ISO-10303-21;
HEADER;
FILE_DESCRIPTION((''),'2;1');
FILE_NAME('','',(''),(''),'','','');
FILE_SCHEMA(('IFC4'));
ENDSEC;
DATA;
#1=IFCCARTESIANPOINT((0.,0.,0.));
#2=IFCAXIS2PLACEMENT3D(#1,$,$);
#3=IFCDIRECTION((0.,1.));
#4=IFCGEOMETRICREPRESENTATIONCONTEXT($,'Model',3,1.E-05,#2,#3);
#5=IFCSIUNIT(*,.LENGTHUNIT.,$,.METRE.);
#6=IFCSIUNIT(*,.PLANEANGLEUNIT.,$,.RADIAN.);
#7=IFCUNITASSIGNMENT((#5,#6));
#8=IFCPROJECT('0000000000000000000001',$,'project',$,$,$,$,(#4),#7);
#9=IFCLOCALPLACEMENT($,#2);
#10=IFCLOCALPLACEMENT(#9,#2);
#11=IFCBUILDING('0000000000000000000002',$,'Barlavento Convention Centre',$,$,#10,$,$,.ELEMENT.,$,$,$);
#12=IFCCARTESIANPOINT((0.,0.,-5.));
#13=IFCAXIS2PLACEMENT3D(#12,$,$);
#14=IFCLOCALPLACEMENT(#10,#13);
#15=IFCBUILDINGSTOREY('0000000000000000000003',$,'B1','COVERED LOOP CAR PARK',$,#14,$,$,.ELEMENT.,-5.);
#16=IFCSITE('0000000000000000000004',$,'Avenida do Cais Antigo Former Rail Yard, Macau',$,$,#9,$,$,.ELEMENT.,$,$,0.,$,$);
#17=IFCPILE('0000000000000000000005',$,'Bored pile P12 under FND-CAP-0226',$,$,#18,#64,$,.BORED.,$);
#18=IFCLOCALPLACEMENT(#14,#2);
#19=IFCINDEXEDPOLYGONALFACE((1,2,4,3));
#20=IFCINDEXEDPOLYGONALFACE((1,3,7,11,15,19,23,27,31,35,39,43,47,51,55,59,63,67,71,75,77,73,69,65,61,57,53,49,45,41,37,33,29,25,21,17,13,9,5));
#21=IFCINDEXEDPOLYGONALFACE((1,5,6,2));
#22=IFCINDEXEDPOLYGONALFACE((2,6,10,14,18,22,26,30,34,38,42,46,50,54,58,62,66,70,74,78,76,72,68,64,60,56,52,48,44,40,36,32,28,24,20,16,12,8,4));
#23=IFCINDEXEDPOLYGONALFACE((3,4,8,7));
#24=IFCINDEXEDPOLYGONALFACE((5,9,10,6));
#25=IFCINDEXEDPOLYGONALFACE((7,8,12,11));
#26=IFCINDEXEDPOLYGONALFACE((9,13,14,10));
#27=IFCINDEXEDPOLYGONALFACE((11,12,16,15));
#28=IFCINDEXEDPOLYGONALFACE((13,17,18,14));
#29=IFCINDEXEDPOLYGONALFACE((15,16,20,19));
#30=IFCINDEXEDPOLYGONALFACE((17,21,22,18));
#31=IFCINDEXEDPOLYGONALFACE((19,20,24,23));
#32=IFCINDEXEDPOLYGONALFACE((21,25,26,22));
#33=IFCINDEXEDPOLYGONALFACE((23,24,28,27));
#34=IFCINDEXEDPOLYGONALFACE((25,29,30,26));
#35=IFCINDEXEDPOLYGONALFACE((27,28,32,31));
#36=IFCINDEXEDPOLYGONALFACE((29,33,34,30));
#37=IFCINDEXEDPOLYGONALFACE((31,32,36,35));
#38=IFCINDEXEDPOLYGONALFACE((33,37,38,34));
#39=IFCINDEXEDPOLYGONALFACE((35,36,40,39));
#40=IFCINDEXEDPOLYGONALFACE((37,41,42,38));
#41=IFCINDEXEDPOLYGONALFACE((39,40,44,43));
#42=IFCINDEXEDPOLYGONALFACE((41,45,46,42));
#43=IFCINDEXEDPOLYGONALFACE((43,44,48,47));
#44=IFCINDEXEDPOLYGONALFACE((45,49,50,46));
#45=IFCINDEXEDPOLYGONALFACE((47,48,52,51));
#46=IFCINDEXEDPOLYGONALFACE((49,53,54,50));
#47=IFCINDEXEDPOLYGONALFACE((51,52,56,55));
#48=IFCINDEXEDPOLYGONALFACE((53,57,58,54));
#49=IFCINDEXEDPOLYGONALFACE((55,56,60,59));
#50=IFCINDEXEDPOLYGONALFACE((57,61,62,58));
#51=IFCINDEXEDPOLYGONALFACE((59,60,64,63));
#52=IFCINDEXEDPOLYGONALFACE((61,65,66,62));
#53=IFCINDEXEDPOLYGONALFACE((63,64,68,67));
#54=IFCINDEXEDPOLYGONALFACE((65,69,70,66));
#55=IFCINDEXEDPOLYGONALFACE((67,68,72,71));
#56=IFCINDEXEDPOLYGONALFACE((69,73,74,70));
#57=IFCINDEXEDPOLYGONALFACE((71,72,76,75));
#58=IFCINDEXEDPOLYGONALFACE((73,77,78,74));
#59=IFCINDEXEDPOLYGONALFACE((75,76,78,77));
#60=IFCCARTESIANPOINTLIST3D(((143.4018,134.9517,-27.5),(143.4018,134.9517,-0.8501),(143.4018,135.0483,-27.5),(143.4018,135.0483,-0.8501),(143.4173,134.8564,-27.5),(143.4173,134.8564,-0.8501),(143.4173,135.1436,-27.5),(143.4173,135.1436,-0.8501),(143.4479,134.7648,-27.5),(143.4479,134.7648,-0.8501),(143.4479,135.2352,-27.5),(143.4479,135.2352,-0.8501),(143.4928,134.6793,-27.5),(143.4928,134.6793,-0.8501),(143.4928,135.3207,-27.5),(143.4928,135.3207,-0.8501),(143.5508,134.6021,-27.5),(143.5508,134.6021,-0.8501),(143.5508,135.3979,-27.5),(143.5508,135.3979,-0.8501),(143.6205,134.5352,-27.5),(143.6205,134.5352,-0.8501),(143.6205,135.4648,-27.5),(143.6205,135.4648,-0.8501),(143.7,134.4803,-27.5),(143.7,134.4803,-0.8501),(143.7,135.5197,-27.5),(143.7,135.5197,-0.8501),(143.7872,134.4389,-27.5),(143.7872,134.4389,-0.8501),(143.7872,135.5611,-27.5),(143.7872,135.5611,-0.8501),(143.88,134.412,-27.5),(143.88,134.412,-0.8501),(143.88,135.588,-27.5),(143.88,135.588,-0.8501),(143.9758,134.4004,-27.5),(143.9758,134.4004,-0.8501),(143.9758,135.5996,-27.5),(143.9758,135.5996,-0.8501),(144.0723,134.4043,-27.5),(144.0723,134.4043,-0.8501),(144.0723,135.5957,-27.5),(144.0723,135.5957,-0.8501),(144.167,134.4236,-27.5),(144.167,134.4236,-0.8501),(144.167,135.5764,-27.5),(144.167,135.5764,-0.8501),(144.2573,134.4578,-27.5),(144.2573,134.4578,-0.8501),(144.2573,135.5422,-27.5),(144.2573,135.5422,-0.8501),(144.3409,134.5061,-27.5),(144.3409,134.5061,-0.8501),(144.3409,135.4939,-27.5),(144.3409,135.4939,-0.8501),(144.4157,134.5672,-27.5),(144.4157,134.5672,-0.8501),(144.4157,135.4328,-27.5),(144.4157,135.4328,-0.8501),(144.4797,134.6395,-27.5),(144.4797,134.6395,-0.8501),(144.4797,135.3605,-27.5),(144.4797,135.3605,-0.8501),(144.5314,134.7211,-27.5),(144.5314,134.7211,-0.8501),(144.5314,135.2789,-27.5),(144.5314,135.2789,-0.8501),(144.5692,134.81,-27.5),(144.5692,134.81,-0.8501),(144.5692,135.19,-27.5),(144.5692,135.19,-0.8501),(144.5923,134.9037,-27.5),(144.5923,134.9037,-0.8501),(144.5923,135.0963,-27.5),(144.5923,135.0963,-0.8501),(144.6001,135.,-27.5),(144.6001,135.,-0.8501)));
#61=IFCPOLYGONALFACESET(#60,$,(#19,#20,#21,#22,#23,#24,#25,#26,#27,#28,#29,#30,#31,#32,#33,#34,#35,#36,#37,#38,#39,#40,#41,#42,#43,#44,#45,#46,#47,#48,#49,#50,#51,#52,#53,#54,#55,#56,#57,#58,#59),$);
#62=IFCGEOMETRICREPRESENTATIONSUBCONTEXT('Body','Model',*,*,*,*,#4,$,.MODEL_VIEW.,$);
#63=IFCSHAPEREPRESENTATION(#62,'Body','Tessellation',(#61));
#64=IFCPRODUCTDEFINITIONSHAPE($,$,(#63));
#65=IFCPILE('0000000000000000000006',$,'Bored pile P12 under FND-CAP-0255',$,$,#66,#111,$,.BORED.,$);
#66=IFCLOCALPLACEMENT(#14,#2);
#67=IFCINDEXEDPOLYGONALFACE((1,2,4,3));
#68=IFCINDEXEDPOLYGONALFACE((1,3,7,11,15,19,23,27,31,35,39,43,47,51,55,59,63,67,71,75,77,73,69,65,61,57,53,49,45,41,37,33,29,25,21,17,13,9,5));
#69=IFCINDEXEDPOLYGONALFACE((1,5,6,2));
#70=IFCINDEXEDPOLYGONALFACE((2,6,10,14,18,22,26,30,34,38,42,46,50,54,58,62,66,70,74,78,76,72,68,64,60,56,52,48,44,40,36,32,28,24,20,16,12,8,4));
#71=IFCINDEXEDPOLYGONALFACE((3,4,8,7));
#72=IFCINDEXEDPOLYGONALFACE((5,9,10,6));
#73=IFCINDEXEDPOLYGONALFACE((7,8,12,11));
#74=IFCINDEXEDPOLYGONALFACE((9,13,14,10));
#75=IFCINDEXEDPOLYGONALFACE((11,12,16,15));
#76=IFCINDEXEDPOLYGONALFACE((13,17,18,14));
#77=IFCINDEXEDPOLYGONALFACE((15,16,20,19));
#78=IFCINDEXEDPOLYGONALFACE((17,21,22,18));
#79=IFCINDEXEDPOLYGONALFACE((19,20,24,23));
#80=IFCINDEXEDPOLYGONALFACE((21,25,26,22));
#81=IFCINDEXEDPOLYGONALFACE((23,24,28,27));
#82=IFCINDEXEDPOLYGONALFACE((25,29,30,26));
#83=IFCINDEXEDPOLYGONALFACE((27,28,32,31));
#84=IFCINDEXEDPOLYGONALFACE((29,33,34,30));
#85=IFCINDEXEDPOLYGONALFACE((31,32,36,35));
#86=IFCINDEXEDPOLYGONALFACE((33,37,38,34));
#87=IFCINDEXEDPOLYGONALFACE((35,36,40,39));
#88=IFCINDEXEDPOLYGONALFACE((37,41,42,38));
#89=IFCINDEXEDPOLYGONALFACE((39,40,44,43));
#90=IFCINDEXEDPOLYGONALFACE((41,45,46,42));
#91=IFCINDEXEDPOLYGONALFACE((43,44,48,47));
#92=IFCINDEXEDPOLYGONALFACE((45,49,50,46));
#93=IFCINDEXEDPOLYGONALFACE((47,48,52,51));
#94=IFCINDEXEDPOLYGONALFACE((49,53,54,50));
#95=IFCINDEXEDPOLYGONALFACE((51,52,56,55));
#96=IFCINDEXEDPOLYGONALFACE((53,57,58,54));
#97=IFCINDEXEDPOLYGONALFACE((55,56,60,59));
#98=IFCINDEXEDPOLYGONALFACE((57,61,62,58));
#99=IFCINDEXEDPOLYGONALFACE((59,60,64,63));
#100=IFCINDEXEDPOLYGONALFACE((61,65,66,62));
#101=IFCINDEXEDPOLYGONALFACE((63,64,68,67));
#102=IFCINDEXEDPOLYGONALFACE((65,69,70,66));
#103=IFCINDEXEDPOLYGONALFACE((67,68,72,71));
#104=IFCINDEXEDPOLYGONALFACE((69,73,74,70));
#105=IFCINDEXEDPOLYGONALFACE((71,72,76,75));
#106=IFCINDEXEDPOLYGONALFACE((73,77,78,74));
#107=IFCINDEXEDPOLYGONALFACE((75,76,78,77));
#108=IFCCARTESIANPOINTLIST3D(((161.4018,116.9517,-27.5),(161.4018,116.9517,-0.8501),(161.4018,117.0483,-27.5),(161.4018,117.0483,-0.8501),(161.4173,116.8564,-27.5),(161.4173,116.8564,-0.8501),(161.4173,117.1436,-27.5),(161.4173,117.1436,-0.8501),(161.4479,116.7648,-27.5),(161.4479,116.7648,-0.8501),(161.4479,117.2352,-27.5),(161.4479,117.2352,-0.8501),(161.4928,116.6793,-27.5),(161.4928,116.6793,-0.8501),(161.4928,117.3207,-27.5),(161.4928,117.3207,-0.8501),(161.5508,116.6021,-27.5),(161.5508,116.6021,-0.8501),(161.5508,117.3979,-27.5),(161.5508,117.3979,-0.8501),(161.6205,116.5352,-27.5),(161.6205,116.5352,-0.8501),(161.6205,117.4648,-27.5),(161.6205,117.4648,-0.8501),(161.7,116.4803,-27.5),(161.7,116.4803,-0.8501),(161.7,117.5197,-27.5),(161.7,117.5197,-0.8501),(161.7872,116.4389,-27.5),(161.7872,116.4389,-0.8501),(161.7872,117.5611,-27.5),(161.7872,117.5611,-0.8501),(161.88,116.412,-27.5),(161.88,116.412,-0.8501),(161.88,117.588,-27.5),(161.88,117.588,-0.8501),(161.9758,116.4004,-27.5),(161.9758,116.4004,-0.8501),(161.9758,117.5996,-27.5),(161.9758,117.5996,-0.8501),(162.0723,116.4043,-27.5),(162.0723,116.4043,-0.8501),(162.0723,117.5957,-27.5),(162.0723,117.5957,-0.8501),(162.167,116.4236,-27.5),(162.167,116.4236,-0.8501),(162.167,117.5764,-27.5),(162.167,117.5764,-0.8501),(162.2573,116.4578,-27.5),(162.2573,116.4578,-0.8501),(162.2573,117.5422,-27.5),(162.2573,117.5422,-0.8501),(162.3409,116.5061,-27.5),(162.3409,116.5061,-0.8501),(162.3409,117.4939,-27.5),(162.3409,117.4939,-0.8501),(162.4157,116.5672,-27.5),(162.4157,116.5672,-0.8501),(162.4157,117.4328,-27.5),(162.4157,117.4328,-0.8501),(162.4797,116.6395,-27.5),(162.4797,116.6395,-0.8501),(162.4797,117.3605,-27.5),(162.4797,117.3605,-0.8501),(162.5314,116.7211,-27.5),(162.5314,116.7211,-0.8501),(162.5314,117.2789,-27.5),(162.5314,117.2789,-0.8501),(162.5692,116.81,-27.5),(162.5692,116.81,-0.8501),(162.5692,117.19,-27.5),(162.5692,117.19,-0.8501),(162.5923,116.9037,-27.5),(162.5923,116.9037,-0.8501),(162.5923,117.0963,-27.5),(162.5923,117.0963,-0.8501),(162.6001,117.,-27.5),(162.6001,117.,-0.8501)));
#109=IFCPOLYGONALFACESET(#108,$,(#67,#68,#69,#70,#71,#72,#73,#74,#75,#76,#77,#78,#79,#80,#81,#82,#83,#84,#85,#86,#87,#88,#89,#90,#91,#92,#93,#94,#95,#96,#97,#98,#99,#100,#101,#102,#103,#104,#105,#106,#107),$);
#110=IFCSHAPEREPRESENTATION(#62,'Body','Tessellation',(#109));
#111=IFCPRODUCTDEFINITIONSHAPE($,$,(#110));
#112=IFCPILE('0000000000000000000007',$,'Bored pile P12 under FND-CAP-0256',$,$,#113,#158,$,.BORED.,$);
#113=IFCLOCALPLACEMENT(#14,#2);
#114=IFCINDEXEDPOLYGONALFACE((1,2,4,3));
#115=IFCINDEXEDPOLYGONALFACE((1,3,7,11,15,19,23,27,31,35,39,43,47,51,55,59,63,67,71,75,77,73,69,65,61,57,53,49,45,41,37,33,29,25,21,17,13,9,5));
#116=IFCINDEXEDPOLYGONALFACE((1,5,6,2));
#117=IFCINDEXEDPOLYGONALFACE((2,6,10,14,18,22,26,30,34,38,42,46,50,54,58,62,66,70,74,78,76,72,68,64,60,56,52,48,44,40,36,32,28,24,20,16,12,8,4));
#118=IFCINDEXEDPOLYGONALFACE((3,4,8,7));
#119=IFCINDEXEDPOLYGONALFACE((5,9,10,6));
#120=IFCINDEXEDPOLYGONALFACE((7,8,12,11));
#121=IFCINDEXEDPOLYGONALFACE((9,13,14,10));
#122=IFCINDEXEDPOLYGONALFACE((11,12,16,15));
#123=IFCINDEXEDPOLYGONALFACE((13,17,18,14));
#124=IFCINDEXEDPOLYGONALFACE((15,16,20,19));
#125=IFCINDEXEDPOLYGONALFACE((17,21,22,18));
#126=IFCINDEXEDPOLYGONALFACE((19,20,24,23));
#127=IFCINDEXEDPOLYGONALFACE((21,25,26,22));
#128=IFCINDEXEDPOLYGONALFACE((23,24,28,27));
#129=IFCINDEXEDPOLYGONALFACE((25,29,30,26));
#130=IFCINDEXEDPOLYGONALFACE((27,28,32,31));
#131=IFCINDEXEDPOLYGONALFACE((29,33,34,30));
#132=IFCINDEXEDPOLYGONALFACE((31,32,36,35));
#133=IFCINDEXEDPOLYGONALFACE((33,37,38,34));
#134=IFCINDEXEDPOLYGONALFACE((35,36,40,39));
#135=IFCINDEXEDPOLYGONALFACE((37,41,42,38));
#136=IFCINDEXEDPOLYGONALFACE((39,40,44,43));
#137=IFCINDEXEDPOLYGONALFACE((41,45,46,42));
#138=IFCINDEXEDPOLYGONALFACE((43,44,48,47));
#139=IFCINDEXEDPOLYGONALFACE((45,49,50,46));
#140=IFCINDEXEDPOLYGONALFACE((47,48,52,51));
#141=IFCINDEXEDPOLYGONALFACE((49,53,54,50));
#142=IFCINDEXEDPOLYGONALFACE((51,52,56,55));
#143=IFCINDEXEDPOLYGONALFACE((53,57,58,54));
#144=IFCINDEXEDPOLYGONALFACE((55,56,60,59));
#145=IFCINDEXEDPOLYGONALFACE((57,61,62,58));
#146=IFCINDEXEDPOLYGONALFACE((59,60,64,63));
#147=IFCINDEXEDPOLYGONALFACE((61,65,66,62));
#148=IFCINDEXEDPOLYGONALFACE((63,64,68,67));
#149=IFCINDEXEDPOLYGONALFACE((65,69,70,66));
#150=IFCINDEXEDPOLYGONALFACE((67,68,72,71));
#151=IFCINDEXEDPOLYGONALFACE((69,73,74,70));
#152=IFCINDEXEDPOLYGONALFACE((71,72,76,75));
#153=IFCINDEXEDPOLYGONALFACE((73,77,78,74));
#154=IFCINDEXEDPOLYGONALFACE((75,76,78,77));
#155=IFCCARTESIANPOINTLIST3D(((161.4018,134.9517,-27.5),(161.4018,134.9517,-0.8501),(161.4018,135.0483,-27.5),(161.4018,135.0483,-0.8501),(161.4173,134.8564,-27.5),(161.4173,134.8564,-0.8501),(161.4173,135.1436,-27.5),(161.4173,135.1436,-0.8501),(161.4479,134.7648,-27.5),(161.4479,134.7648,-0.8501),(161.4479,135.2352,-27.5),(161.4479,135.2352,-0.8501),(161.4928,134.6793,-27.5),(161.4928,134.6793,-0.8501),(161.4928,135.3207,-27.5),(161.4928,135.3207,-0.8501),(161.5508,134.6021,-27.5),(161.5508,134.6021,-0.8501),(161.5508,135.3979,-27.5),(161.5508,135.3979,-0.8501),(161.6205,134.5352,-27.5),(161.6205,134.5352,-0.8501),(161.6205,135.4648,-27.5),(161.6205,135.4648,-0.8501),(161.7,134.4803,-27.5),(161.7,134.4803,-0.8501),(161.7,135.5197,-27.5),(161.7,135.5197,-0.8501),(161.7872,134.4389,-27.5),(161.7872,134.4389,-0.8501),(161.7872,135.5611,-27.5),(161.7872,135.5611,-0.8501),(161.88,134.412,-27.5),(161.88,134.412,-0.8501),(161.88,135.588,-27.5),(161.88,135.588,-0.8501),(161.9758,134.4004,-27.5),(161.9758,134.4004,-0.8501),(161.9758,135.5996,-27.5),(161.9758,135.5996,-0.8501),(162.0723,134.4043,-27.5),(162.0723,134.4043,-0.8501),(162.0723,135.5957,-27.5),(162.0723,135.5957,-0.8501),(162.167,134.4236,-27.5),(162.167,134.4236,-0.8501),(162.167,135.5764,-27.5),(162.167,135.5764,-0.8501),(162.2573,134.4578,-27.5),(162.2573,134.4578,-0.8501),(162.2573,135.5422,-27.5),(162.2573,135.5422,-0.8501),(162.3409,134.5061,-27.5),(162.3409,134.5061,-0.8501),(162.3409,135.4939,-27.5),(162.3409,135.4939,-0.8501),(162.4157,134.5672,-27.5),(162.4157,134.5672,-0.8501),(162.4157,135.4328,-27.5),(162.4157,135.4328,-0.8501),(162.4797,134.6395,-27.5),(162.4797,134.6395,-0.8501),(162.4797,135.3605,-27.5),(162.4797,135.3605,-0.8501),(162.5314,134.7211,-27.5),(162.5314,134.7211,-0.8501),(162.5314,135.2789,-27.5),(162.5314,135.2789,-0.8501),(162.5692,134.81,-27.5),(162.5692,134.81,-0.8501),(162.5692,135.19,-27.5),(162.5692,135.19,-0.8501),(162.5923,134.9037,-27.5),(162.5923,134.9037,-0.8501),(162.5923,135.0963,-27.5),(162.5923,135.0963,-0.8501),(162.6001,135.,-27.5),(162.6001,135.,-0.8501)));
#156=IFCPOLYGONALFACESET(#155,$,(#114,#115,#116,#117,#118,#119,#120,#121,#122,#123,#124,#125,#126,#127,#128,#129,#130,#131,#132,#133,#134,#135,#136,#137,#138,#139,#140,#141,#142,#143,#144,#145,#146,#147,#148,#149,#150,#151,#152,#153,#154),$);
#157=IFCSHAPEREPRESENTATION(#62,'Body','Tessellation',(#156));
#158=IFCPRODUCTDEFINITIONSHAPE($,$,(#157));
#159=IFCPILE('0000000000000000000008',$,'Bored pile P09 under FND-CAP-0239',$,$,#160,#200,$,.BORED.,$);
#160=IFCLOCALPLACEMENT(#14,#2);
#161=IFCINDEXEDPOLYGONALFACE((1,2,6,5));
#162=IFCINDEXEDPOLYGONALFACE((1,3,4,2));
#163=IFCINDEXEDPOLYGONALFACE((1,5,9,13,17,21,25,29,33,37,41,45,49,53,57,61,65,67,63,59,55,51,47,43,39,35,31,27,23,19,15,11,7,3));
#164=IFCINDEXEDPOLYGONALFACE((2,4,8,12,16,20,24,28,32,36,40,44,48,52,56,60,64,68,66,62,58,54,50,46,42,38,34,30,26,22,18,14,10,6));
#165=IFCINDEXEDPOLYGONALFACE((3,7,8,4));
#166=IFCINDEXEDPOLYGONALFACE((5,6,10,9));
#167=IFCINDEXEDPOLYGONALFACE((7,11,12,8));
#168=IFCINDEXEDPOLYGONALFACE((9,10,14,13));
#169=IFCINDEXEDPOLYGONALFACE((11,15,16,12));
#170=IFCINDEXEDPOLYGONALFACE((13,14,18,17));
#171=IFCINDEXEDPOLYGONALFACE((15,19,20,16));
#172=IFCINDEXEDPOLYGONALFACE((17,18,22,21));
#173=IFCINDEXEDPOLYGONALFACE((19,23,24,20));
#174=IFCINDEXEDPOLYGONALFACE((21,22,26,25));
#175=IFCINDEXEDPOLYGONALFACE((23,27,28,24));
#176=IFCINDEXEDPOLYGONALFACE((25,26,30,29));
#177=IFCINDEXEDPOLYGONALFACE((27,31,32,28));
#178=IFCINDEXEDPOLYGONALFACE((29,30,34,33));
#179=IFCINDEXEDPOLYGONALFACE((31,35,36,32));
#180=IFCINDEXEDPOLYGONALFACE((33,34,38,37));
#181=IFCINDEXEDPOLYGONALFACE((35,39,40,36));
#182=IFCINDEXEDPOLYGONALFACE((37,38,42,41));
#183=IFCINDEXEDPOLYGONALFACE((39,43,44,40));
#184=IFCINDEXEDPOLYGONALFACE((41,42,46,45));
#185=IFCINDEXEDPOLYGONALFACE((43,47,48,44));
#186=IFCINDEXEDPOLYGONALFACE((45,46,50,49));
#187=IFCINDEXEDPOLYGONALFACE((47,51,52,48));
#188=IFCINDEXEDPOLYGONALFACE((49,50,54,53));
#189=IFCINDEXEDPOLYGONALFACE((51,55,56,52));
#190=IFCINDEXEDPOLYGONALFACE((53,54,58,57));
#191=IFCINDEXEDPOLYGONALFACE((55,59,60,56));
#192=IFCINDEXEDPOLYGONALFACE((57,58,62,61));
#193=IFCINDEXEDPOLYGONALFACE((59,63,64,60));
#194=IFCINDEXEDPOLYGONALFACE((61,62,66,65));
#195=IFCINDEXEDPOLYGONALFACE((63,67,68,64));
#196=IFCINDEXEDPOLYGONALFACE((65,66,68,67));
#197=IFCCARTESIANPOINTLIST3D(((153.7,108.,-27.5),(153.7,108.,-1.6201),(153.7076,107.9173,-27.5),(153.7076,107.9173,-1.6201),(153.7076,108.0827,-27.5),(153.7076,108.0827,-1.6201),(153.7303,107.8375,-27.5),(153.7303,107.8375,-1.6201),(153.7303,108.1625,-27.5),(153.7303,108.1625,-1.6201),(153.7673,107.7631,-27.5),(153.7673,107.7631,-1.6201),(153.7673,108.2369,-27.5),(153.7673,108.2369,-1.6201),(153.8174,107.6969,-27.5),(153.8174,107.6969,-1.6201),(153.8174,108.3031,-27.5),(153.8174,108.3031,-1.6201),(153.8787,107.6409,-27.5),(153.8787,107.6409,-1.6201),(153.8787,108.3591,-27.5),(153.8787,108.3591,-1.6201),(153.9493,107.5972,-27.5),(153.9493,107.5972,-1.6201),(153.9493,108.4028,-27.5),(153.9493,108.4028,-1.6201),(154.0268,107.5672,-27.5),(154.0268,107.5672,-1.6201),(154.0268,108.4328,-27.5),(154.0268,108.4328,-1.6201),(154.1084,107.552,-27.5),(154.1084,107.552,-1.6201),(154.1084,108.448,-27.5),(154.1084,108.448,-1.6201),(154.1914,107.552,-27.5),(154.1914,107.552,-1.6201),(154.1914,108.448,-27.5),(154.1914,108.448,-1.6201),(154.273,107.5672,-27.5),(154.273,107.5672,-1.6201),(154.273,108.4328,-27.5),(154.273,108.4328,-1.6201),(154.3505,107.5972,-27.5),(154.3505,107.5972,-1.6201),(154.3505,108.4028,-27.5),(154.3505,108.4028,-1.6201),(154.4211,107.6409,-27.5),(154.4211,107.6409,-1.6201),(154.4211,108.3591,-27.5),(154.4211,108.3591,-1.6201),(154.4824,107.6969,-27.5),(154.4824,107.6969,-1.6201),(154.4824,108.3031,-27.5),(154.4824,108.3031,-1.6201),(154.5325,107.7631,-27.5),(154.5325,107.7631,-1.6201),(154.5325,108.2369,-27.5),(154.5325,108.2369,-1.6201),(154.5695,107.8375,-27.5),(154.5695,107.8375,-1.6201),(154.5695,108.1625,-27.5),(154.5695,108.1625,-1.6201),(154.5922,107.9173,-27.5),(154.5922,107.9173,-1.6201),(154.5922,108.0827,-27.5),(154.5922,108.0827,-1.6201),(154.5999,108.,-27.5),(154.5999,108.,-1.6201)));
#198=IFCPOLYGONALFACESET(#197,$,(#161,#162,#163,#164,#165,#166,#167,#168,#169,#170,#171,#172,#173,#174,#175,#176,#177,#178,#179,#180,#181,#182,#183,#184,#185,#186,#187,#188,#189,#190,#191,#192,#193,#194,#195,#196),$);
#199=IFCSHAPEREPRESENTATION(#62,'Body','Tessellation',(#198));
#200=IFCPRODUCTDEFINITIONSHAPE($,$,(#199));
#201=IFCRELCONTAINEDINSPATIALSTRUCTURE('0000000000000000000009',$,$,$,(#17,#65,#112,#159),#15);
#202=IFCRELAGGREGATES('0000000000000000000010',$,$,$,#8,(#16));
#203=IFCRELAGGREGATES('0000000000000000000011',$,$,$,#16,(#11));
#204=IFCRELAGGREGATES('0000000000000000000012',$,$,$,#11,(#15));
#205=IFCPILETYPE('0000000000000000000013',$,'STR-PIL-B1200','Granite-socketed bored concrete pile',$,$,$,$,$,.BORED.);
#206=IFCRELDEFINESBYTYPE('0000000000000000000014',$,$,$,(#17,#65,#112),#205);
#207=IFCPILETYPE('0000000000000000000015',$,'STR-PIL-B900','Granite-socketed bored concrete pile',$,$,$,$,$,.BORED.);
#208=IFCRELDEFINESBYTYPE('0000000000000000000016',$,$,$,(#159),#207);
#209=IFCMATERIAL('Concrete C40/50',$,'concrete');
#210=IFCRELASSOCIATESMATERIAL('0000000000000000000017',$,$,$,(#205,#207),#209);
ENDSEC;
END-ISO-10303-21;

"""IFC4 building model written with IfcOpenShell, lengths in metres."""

from ifc_helpers import new_model, si_unit, direction, frame, origin, origin_2d, place, context, subcontext, project, spatial, circle, extrude, material, material_profile, profile_set, type_object, element, save


model = new_model("IFC4")

# Units and contexts
model_context = context("Model", 3, precision=1e-05, world=origin(), true_north=direction((0.0, 1.0)))
body_context = subcontext(model_context, "Body", "Model", "MODEL_VIEW")
ifc_project = project(units=[si_unit("LENGTHUNIT", "METRE"), si_unit("PLANEANGLEUNIT", "RADIAN")], contexts=[model_context])

# Site, building, storey
site_placement = place(None, origin())
site = spatial("IfcSite", under=ifc_project, at=site_placement, Name="Avenida do Cais Antigo Former Rail Yard, Macau", CompositionType="ELEMENT", RefElevation=0.0)
building_placement = place(site_placement, origin())
building = spatial("IfcBuilding", under=site, at=building_placement, Name="Barlavento Convention Centre", CompositionType="ELEMENT")
storey_placement = place(building_placement, frame((0.0, 0.0, -5.0)))
storey = spatial("IfcBuildingStorey", under=building, at=storey_placement, Name="B1", Description="COVERED LOOP CAR PARK", CompositionType="ELEMENT", Elevation=-5.0)

# Shared definitions
ifc_material_1 = material(Name="Concrete C40/50", Category="concrete")

# Piles
ifc_material_profile_1 = material_profile(ifc_material_1, circle(Radius=0.6001, at=origin_2d()), Name="BORED PILE 1200")
ifc_profile_set_1 = profile_set([ifc_material_profile_1], Name="Concrete C40/50")
pile_type_1 = type_object("IfcPileType", Name="STR-PIL-B1200", Description="Granite-socketed bored concrete pile", PredefinedType="BORED", material=ifc_profile_set_1)
for number, where, z_axis, x_axis, name in (
    (1, (144.0, 135.0, -0.8501), (0.0, 0.0, -1.0), (1.0, 0.0, 0.0), "Bored pile P12 under FND-CAP-0226"),
    (2, (162.0, 117.0, -0.8501), (0.0, 0.0, -1.0), (1.0, 0.0, 0.0), "Bored pile P12 under FND-CAP-0255"),
    (3, (162.0, 135.0, -0.8501), (0.0, 0.0, -1.0), (1.0, 0.0, 0.0), "Bored pile P12 under FND-CAP-0256"),
):
    element("IfcPile", number, at=place(storey_placement, frame(where, z_axis=z_axis, x_axis=x_axis)), inside=storey, type_object=pile_type_1, Name=name, PredefinedType="BORED", context=body_context, shape_type="SweptSolid", body=[
        extrude(circle(Radius=0.6001, at=origin_2d()), origin(), (0.0, 0.0, 1.0), 26.6499),
    ])
ifc_material_profile_2 = material_profile(ifc_material_1, circle(Radius=0.45, at=origin_2d()), Name="BORED PILE 900")
ifc_profile_set_2 = profile_set([ifc_material_profile_2], Name="Concrete C40/50")
pile_type_2 = type_object("IfcPileType", Name="STR-PIL-B900", Description="Granite-socketed bored concrete pile", PredefinedType="BORED", material=ifc_profile_set_2)
pile_1_placement = place(storey_placement, frame((154.1499, 108.0, -1.6201), z_axis=(0.0, 0.0, -1.0), x_axis=(1.0, 0.0, 0.0)))
element("IfcPile", 4, at=pile_1_placement, inside=storey, type_object=pile_type_2, Name="Bored pile P09 under FND-CAP-0239", PredefinedType="BORED", context=body_context, shape_type="SweptSolid", body=[
    extrude(circle(Radius=0.45, at=origin_2d()), origin(), (0.0, 0.0, 1.0), 25.8799),
])

save(model, "model.ifc")
